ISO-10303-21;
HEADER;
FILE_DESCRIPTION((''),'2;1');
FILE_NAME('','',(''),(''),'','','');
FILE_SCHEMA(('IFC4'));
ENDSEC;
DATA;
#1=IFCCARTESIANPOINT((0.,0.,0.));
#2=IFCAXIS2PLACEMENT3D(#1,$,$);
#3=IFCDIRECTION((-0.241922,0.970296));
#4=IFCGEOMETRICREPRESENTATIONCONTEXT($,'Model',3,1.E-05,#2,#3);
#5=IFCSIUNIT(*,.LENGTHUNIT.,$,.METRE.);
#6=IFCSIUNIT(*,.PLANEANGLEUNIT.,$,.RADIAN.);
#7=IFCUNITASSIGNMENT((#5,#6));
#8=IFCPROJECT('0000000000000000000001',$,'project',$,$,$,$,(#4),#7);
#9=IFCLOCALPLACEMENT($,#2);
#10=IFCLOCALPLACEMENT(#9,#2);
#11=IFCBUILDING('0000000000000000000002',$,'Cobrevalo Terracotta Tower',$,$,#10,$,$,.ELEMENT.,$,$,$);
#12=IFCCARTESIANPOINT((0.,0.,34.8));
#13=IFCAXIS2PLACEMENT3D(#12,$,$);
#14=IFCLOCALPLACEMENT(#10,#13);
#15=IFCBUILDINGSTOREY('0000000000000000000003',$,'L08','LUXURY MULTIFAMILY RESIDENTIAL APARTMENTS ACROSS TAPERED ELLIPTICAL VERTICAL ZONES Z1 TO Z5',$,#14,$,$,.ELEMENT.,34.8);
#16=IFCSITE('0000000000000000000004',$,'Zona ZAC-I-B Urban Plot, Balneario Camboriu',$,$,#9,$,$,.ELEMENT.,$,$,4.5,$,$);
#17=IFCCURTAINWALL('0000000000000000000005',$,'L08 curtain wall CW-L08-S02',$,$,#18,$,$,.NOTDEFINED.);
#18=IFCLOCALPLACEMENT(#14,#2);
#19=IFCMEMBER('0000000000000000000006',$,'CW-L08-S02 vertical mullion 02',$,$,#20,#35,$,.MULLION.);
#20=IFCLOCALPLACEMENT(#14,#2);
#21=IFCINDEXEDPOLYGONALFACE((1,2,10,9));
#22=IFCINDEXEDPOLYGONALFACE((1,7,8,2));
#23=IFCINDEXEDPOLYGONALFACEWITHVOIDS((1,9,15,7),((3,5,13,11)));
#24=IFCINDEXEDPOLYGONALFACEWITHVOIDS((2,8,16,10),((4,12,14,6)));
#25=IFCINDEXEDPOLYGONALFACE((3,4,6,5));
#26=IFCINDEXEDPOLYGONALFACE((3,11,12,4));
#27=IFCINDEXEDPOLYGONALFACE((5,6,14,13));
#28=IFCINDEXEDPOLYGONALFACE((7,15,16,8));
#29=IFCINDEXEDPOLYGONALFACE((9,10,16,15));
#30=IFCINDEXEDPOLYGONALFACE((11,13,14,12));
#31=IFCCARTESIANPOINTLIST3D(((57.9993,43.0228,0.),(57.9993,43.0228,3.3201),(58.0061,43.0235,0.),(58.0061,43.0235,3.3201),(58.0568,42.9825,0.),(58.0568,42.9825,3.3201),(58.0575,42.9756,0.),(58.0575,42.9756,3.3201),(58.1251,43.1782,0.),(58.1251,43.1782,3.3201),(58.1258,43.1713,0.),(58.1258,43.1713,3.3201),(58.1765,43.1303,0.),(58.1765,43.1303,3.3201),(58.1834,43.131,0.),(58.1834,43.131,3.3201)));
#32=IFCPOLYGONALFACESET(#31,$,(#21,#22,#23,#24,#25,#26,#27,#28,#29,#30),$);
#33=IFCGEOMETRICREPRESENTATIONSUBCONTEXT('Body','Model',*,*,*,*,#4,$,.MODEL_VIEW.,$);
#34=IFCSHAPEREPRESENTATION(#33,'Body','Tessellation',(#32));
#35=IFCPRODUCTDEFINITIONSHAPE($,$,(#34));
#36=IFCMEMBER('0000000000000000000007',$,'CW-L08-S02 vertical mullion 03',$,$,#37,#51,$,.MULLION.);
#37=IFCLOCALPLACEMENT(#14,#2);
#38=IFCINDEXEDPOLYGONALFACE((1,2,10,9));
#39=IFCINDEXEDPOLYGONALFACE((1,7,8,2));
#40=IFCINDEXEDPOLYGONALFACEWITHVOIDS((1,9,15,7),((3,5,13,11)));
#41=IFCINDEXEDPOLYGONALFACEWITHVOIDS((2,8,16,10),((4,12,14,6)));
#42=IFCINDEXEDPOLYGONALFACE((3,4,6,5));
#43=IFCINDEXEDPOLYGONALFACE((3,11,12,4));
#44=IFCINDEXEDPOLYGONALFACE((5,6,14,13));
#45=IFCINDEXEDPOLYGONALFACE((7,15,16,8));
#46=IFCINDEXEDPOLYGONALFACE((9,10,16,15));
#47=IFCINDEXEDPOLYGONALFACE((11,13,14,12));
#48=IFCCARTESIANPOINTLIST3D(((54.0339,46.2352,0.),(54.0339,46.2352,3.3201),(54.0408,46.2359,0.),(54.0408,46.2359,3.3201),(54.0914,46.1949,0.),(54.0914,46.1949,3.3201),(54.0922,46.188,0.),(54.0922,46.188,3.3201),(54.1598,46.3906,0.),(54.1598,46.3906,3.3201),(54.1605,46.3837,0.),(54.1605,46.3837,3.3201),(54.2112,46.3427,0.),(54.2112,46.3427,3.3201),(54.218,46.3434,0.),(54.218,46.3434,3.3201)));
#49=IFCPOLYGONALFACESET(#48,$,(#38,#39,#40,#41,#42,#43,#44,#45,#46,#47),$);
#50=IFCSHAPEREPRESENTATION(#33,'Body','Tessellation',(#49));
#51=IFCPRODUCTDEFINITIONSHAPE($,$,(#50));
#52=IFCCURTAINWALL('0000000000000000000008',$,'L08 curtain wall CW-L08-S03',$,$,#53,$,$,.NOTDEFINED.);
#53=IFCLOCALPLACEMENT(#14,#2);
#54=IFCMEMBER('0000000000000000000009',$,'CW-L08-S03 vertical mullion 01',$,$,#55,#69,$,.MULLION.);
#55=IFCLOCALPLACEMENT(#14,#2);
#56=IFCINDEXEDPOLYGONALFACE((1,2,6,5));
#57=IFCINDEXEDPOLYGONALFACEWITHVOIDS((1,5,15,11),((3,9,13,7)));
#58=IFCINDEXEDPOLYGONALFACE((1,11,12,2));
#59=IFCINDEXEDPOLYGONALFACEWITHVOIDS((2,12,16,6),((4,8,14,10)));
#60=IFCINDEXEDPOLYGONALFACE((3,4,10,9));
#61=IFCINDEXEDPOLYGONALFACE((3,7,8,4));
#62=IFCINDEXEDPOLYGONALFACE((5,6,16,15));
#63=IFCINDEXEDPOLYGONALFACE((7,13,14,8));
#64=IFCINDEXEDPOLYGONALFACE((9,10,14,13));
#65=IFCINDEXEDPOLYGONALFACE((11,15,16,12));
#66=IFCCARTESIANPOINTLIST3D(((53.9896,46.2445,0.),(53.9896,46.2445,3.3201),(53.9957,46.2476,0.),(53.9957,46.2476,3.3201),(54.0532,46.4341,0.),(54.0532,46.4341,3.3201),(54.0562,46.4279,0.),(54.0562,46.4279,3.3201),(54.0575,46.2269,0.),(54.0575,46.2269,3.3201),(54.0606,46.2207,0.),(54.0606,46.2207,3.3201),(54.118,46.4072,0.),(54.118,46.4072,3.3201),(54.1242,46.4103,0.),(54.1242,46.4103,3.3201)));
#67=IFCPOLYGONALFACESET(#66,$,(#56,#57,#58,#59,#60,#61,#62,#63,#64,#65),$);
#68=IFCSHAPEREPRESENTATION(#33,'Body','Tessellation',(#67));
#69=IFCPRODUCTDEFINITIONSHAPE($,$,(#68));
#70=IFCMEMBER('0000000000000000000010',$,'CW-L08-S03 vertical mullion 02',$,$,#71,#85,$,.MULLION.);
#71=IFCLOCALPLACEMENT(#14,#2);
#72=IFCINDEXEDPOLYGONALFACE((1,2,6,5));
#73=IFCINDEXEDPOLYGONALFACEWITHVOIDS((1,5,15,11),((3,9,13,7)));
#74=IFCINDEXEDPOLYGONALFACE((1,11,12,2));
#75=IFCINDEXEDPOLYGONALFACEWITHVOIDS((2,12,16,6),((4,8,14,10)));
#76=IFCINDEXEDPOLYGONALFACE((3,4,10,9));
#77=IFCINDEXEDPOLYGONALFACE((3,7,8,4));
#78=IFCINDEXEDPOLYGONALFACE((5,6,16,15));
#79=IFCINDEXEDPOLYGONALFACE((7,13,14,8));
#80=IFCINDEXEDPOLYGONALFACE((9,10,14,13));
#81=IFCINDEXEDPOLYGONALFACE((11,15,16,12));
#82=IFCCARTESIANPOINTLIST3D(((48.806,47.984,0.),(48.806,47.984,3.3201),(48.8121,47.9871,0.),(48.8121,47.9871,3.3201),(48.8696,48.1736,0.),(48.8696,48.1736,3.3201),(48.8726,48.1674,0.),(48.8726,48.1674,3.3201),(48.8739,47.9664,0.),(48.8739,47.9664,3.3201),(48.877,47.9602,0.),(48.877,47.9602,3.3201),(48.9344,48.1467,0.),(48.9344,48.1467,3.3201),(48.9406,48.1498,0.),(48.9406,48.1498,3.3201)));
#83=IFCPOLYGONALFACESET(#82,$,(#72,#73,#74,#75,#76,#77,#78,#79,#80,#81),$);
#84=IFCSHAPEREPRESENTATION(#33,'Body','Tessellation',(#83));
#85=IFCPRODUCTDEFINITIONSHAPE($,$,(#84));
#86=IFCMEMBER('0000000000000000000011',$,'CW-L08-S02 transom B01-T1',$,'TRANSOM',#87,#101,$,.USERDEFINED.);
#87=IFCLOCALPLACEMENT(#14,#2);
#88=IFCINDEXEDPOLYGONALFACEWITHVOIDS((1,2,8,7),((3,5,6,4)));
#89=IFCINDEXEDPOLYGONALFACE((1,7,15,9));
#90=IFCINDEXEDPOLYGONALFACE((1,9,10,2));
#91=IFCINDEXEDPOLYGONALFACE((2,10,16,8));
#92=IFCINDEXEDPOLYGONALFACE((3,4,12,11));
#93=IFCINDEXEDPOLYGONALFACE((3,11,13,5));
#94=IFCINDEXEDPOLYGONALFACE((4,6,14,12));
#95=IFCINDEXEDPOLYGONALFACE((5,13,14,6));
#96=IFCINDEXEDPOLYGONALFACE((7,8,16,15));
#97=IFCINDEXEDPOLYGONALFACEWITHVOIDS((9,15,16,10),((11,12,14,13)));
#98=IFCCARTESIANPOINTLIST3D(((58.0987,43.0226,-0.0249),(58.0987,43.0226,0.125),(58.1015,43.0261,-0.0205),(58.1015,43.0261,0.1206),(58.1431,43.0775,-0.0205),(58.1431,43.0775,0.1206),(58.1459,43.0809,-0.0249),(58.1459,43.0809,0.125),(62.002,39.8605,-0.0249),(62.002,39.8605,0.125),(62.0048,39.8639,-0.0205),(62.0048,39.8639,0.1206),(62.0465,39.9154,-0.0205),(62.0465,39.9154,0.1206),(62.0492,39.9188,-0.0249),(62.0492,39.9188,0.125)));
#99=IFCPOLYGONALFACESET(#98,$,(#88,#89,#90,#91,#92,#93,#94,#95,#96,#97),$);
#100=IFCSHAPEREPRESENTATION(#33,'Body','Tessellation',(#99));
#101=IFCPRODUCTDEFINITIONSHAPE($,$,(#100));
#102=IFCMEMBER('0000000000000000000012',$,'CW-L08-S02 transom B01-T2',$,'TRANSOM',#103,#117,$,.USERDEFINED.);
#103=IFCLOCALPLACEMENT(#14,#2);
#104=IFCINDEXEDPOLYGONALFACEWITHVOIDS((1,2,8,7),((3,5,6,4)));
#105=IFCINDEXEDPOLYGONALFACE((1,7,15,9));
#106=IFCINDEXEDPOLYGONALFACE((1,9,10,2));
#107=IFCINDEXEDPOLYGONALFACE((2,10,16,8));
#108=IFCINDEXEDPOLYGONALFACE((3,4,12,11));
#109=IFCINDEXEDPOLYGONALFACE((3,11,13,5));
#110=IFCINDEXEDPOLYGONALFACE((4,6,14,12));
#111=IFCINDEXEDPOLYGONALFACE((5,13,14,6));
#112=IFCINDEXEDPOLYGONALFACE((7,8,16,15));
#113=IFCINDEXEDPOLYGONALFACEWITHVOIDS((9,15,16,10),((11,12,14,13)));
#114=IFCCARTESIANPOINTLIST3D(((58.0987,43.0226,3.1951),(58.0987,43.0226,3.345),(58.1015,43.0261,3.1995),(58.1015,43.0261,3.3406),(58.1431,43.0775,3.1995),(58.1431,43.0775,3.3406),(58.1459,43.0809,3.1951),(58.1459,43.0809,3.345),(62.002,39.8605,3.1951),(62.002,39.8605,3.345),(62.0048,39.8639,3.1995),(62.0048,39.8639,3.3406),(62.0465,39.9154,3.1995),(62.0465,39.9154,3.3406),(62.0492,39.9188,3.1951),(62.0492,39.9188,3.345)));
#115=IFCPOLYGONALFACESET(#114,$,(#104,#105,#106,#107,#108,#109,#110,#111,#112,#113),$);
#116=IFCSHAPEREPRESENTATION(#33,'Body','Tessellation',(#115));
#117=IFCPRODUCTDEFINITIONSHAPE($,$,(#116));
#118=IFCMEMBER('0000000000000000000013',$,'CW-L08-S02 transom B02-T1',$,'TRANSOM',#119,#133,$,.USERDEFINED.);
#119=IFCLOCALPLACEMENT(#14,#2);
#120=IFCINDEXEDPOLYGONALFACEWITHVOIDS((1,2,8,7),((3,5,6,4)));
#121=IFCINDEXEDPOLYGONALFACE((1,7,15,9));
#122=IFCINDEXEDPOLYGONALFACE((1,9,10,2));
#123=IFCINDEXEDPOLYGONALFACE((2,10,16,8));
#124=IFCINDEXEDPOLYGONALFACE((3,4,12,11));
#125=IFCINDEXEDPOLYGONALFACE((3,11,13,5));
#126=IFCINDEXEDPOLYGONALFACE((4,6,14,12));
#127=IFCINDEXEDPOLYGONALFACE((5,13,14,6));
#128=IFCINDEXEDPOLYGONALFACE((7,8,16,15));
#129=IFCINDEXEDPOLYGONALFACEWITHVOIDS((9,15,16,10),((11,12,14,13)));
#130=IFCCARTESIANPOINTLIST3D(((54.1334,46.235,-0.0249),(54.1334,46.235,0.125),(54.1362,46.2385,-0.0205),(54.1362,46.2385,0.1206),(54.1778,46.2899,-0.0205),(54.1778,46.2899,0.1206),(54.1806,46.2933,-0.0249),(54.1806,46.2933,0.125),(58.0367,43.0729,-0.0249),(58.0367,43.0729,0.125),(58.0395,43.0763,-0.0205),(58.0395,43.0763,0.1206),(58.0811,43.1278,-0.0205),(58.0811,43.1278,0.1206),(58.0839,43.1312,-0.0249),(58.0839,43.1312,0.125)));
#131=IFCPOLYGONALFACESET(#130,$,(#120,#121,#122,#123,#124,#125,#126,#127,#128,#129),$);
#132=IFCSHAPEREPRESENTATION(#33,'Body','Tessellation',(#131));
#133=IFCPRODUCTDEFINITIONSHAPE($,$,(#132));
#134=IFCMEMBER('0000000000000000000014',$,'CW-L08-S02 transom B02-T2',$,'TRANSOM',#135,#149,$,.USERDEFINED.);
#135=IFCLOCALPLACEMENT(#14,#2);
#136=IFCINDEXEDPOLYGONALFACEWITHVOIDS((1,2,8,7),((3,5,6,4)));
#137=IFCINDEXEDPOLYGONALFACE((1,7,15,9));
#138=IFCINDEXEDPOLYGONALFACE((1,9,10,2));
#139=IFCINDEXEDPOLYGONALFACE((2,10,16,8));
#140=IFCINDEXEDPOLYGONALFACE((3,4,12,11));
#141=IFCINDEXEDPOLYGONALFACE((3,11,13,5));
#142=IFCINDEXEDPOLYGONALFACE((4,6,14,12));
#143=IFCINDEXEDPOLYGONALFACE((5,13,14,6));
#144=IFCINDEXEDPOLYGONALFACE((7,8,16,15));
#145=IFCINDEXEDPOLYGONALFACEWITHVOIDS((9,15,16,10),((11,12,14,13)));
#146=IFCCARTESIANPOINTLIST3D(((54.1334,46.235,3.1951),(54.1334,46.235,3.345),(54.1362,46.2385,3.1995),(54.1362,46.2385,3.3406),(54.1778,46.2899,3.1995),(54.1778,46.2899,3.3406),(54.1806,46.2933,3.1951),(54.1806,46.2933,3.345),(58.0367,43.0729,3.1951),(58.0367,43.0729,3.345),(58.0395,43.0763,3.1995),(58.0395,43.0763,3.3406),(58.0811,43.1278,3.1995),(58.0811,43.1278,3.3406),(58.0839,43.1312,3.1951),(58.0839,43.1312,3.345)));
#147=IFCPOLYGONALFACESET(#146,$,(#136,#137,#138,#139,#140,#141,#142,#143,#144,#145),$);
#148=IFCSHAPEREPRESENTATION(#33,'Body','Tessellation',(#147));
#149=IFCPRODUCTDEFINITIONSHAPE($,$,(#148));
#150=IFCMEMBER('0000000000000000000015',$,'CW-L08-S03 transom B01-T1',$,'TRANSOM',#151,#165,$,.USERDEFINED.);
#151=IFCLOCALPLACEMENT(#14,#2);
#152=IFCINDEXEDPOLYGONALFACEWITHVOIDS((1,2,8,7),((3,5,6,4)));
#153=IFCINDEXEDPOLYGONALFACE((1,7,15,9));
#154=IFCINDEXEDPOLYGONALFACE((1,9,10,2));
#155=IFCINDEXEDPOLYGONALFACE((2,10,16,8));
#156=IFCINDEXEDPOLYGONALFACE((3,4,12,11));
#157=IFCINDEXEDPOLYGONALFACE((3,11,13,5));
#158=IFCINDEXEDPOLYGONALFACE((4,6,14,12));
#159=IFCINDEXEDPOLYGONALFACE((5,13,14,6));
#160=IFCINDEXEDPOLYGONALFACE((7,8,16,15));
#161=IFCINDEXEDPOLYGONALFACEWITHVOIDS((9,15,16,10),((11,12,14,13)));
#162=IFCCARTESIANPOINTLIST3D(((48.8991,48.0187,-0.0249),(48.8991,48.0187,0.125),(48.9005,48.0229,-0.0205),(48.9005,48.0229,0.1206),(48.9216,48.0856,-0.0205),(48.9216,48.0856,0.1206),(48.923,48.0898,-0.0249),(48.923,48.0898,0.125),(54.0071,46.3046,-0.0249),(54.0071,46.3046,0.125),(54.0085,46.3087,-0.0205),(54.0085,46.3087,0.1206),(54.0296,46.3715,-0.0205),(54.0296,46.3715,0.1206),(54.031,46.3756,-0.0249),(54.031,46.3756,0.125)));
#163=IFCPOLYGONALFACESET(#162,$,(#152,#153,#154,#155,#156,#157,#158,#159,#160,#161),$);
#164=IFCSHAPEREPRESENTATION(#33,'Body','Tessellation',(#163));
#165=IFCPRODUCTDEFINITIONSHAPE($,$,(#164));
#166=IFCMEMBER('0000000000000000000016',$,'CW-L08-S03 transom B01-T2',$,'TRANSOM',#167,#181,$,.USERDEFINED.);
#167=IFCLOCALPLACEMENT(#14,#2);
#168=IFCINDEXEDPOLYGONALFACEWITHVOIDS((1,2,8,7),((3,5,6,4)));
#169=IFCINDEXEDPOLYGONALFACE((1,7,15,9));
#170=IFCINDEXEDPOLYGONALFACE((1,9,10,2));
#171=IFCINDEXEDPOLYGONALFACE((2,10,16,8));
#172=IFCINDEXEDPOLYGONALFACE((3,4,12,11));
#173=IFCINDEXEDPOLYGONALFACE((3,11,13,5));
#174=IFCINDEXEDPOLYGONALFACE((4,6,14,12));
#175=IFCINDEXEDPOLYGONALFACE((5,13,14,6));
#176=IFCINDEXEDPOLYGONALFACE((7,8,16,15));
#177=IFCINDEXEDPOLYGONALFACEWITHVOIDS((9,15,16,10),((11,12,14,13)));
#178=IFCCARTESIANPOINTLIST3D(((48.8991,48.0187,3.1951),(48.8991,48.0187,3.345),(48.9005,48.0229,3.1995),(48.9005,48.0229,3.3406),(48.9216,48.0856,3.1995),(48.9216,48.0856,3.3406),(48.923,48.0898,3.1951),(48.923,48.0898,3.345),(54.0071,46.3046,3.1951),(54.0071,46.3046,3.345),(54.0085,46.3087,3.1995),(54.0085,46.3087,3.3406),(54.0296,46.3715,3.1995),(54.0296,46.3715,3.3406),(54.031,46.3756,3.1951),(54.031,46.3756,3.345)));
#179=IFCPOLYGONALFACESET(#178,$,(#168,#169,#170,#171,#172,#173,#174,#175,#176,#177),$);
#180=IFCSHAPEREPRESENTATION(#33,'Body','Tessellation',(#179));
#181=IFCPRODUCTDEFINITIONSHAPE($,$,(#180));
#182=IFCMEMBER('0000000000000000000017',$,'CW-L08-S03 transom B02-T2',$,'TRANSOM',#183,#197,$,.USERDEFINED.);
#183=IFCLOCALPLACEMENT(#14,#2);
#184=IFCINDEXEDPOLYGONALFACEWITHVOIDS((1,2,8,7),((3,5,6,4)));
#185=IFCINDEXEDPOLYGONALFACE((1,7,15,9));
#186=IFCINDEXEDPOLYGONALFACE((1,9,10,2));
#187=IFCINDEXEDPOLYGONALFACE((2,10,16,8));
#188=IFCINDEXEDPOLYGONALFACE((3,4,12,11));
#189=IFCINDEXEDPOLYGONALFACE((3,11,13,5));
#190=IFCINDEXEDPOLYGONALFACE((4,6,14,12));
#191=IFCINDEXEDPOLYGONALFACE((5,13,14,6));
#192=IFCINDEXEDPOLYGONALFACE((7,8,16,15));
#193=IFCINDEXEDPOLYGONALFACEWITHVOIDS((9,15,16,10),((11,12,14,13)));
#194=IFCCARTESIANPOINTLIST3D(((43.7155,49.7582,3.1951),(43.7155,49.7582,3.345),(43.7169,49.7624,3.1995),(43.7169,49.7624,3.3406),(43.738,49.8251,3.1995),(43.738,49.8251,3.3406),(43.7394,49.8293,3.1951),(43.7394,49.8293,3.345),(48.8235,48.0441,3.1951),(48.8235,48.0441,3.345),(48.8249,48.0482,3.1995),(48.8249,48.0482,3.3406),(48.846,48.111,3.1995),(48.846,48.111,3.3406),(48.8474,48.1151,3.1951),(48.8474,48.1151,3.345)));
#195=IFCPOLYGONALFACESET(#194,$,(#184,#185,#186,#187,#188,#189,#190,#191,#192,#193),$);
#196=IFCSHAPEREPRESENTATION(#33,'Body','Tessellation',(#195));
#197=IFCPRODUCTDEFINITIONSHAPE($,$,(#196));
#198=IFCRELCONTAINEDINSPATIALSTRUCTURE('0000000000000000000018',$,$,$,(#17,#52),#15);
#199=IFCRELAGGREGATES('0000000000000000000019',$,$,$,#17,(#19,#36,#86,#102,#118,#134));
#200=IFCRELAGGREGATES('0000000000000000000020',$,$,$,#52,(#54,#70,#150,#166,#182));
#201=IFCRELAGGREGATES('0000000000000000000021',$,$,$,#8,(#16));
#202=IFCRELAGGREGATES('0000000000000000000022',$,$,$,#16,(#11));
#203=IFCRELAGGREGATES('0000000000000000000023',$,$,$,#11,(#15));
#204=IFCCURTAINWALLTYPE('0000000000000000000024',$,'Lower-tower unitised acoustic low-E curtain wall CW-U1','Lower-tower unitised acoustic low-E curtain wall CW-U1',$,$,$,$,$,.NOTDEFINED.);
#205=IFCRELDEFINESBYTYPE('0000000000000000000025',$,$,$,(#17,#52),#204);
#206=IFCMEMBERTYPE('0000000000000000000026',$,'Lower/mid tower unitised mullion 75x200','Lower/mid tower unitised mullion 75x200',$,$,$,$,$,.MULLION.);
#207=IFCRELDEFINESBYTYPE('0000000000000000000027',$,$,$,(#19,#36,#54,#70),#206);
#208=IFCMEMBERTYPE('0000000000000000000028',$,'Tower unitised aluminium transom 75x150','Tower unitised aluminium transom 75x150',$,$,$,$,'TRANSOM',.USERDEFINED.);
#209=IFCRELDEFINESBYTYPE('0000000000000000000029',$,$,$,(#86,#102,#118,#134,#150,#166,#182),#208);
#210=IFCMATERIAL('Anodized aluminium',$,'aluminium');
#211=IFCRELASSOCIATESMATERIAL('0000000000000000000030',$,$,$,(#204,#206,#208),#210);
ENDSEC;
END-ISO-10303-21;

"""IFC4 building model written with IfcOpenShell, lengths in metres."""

from ifc_helpers import new_model, si_unit, direction, frame, origin, origin_2d, place, context, subcontext, project, spatial, hollow_rectangle, extrude, source, transform, mapped, material, material_profile, profile_set, type_object, element, aggregate, save


model = new_model("IFC4")

# Units and contexts
model_context = context("Model", 3, precision=1e-05, world=origin(), true_north=direction((-0.241922, 0.970296)))
body_context = subcontext(model_context, "Body", "Model", "MODEL_VIEW")
ifc_project = project(units=[si_unit("LENGTHUNIT", "METRE"), si_unit("PLANEANGLEUNIT", "RADIAN")], contexts=[model_context])

# Site, building, storey
site_placement = place(None, origin())
site = spatial("IfcSite", under=ifc_project, at=site_placement, Name="Zona ZAC-I-B Urban Plot, Balneario Camboriu", CompositionType="ELEMENT", RefElevation=4.5)
building_placement = place(site_placement, origin())
building = spatial("IfcBuilding", under=site, at=building_placement, Name="Cobrevalo Terracotta Tower", CompositionType="ELEMENT")
storey_placement = place(building_placement, frame((0.0, 0.0, 34.8)))
storey = spatial("IfcBuildingStorey", under=building, at=storey_placement, Name="L08", Description="LUXURY MULTIFAMILY RESIDENTIAL APARTMENTS ACROSS TAPERED ELLIPTICAL VERTICAL ZONES Z1 TO Z5", CompositionType="ELEMENT", Elevation=34.8)

# Curtain walls, members
ifc_material_1 = material(Name="Anodized aluminium", Category="aluminium")
curtain_wall_type = type_object("IfcCurtainWallType", Name="Lower-tower unitised acoustic low-E curtain wall CW-U1", Description="Lower-tower unitised acoustic low-E curtain wall CW-U1", PredefinedType="NOTDEFINED", material=ifc_material_1)
curtain_wall_1_placement = place(storey_placement, origin())
curtain_wall_1 = element("IfcCurtainWall", 1, at=curtain_wall_1_placement, inside=storey, type_object=curtain_wall_type, Name="L08 curtain wall CW-L08-S02", PredefinedType="NOTDEFINED")
ifc_material_profile_1 = material_profile(ifc_material_1, hollow_rectangle(XDim=0.075, YDim=0.2, WallThickness=0.0049, at=origin_2d()), Name="CWM 75x200")
ifc_profile_set_1 = profile_set([ifc_material_profile_1], Name="Anodized aluminium")
member_type_1 = type_object("IfcMemberType", Name="Lower/mid tower unitised mullion 75x200", Description="Lower/mid tower unitised mullion 75x200", PredefinedType="MULLION", material=ifc_profile_set_1)
shared_shape_1 = source(origin(), body_context, "Body", "SweptSolid", [
    extrude(hollow_rectangle(XDim=0.075, YDim=0.2, WallThickness=0.0049, at=origin_2d()), origin(), (0.0, 0.0, 1.0), 3.3201),
])
member_1_placement = place(storey_placement, frame((58.0913, 43.0769, 0.0), z_axis=(0.0, 0.0, 1.0), x_axis=(-0.777003, 0.629497, 0.0)))
member_1 = element("IfcMember", 2, at=member_1_placement, type_object=member_type_1, Name="CW-L08-S02 vertical mullion 02", PredefinedType="MULLION", context=body_context, shape_type="MappedRepresentation", body=[
    mapped(shared_shape_1, transform((0.0, 0.0, 0.0), scale=1.0)),
])
member_2_placement = place(storey_placement, frame((54.126, 46.2893, 0.0), z_axis=(0.0, 0.0, 1.0), x_axis=(-0.777003, 0.629497, 0.0)))
member_2 = element("IfcMember", 3, at=member_2_placement, type_object=member_type_1, Name="CW-L08-S02 vertical mullion 03", PredefinedType="MULLION", context=body_context, shape_type="MappedRepresentation", body=[
    mapped(shared_shape_1, transform((0.0, 0.0, 0.0), scale=1.0)),
])
curtain_wall_2_placement = place(storey_placement, origin())
curtain_wall_2 = element("IfcCurtainWall", 4, at=curtain_wall_2_placement, inside=storey, type_object=curtain_wall_type, Name="L08 curtain wall CW-L08-S03", PredefinedType="NOTDEFINED")
member_3_placement = place(storey_placement, frame((54.0569, 46.3274, 0.0), z_axis=(0.0, 0.0, 1.0), x_axis=(-0.948046, 0.318132, 0.0)))
member_3 = element("IfcMember", 5, at=member_3_placement, type_object=member_type_1, Name="CW-L08-S03 vertical mullion 01", PredefinedType="MULLION", context=body_context, shape_type="MappedRepresentation", body=[
    mapped(shared_shape_1, transform((0.0, 0.0, 0.0), scale=1.0)),
])
member_4_placement = place(storey_placement, frame((48.8733, 48.0669, 0.0), z_axis=(0.0, 0.0, 1.0), x_axis=(-0.948046, 0.318132, 0.0)))
member_4 = element("IfcMember", 6, at=member_4_placement, type_object=member_type_1, Name="CW-L08-S03 vertical mullion 02", PredefinedType="MULLION", context=body_context, shape_type="MappedRepresentation", body=[
    mapped(shared_shape_1, transform((0.0, 0.0, 0.0), scale=1.0)),
])

# Members
ifc_material_profile_2 = material_profile(ifc_material_1, hollow_rectangle(XDim=0.075, YDim=0.1499, WallThickness=0.0044, at=origin_2d()), Name="CWT 75x150")
ifc_profile_set_2 = profile_set([ifc_material_profile_2], Name="Anodized aluminium")
member_type_2 = type_object("IfcMemberType", Name="Tower unitised aluminium transom 75x150", Description="Tower unitised aluminium transom 75x150", ElementType="TRANSOM", PredefinedType="USERDEFINED", material=ifc_profile_set_2)
shared_shape_2 = source(origin(), body_context, "Body", "SweptSolid", [
    extrude(hollow_rectangle(XDim=0.075, YDim=0.1499, WallThickness=0.0044, at=origin_2d()), origin(), (0.0, 0.0, 1.0), 5.0234),
])
member_5_placement = place(storey_placement, frame((62.0256, 39.8896, 0.05), z_axis=(-0.777023, 0.629472, 0.0), x_axis=(-0.629472, -0.777023, 0.0)))
member_5 = element("IfcMember", 7, at=member_5_placement, type_object=member_type_2, Name="CW-L08-S02 transom B01-T1", ObjectType="TRANSOM", PredefinedType="USERDEFINED", context=body_context, shape_type="MappedRepresentation", body=[
    mapped(shared_shape_2, transform((0.0, 0.0, 0.0), scale=1.0)),
])
member_6_placement = place(storey_placement, frame((62.0256, 39.8896, 3.27), z_axis=(-0.777023, 0.629472, 0.0), x_axis=(-0.629472, -0.777023, 0.0)))
member_6 = element("IfcMember", 8, at=member_6_placement, type_object=member_type_2, Name="CW-L08-S02 transom B01-T2", ObjectType="TRANSOM", PredefinedType="USERDEFINED", context=body_context, shape_type="MappedRepresentation", body=[
    mapped(shared_shape_2, transform((0.0, 0.0, 0.0), scale=1.0)),
])
member_7_placement = place(storey_placement, frame((58.0603, 43.1021, 0.05), z_axis=(-0.777023, 0.629472, 0.0), x_axis=(-0.629472, -0.777023, 0.0)))
member_7 = element("IfcMember", 9, at=member_7_placement, type_object=member_type_2, Name="CW-L08-S02 transom B02-T1", ObjectType="TRANSOM", PredefinedType="USERDEFINED", context=body_context, shape_type="MappedRepresentation", body=[
    mapped(shared_shape_2, transform((0.0, 0.0, 0.0), scale=1.0)),
])
member_8_placement = place(storey_placement, frame((58.0603, 43.1021, 3.27), z_axis=(-0.777023, 0.629472, 0.0), x_axis=(-0.629472, -0.777023, 0.0)))
member_8 = element("IfcMember", 10, at=member_8_placement, type_object=member_type_2, Name="CW-L08-S02 transom B02-T2", ObjectType="TRANSOM", PredefinedType="USERDEFINED", context=body_context, shape_type="MappedRepresentation", body=[
    mapped(shared_shape_2, transform((0.0, 0.0, 0.0), scale=1.0)),
])
shared_shape_3 = source(origin(), body_context, "Body", "SweptSolid", [
    extrude(hollow_rectangle(XDim=0.075, YDim=0.1499, WallThickness=0.0044, at=origin_2d()), origin(), (0.0, 0.0, 1.0), 5.3879),
])
member_9_placement = place(storey_placement, frame((54.019, 46.3401, 0.05), z_axis=(-0.948042, 0.318144, 0.0), x_axis=(-0.318144, -0.948042, 0.0)))
member_9 = element("IfcMember", 11, at=member_9_placement, type_object=member_type_2, Name="CW-L08-S03 transom B01-T1", ObjectType="TRANSOM", PredefinedType="USERDEFINED", context=body_context, shape_type="MappedRepresentation", body=[
    mapped(shared_shape_3, transform((0.0, 0.0, 0.0), scale=1.0)),
])
member_10_placement = place(storey_placement, frame((54.019, 46.3401, 3.27), z_axis=(-0.948042, 0.318144, 0.0), x_axis=(-0.318144, -0.948042, 0.0)))
member_10 = element("IfcMember", 12, at=member_10_placement, type_object=member_type_2, Name="CW-L08-S03 transom B01-T2", ObjectType="TRANSOM", PredefinedType="USERDEFINED", context=body_context, shape_type="MappedRepresentation", body=[
    mapped(shared_shape_3, transform((0.0, 0.0, 0.0), scale=1.0)),
])
member_11_placement = place(storey_placement, frame((48.8354, 48.0796, 3.27), z_axis=(-0.948042, 0.318144, 0.0), x_axis=(-0.318144, -0.948042, 0.0)))
member_11 = element("IfcMember", 13, at=member_11_placement, type_object=member_type_2, Name="CW-L08-S03 transom B02-T2", ObjectType="TRANSOM", PredefinedType="USERDEFINED", context=body_context, shape_type="MappedRepresentation", body=[
    mapped(shared_shape_3, transform((0.0, 0.0, 0.0), scale=1.0)),
])

aggregate(curtain_wall_1, [member_1, member_2, member_5, member_6, member_7, member_8])
aggregate(curtain_wall_2, [member_3, member_4, member_9, member_10, member_11])

save(model, "model.ifc")
